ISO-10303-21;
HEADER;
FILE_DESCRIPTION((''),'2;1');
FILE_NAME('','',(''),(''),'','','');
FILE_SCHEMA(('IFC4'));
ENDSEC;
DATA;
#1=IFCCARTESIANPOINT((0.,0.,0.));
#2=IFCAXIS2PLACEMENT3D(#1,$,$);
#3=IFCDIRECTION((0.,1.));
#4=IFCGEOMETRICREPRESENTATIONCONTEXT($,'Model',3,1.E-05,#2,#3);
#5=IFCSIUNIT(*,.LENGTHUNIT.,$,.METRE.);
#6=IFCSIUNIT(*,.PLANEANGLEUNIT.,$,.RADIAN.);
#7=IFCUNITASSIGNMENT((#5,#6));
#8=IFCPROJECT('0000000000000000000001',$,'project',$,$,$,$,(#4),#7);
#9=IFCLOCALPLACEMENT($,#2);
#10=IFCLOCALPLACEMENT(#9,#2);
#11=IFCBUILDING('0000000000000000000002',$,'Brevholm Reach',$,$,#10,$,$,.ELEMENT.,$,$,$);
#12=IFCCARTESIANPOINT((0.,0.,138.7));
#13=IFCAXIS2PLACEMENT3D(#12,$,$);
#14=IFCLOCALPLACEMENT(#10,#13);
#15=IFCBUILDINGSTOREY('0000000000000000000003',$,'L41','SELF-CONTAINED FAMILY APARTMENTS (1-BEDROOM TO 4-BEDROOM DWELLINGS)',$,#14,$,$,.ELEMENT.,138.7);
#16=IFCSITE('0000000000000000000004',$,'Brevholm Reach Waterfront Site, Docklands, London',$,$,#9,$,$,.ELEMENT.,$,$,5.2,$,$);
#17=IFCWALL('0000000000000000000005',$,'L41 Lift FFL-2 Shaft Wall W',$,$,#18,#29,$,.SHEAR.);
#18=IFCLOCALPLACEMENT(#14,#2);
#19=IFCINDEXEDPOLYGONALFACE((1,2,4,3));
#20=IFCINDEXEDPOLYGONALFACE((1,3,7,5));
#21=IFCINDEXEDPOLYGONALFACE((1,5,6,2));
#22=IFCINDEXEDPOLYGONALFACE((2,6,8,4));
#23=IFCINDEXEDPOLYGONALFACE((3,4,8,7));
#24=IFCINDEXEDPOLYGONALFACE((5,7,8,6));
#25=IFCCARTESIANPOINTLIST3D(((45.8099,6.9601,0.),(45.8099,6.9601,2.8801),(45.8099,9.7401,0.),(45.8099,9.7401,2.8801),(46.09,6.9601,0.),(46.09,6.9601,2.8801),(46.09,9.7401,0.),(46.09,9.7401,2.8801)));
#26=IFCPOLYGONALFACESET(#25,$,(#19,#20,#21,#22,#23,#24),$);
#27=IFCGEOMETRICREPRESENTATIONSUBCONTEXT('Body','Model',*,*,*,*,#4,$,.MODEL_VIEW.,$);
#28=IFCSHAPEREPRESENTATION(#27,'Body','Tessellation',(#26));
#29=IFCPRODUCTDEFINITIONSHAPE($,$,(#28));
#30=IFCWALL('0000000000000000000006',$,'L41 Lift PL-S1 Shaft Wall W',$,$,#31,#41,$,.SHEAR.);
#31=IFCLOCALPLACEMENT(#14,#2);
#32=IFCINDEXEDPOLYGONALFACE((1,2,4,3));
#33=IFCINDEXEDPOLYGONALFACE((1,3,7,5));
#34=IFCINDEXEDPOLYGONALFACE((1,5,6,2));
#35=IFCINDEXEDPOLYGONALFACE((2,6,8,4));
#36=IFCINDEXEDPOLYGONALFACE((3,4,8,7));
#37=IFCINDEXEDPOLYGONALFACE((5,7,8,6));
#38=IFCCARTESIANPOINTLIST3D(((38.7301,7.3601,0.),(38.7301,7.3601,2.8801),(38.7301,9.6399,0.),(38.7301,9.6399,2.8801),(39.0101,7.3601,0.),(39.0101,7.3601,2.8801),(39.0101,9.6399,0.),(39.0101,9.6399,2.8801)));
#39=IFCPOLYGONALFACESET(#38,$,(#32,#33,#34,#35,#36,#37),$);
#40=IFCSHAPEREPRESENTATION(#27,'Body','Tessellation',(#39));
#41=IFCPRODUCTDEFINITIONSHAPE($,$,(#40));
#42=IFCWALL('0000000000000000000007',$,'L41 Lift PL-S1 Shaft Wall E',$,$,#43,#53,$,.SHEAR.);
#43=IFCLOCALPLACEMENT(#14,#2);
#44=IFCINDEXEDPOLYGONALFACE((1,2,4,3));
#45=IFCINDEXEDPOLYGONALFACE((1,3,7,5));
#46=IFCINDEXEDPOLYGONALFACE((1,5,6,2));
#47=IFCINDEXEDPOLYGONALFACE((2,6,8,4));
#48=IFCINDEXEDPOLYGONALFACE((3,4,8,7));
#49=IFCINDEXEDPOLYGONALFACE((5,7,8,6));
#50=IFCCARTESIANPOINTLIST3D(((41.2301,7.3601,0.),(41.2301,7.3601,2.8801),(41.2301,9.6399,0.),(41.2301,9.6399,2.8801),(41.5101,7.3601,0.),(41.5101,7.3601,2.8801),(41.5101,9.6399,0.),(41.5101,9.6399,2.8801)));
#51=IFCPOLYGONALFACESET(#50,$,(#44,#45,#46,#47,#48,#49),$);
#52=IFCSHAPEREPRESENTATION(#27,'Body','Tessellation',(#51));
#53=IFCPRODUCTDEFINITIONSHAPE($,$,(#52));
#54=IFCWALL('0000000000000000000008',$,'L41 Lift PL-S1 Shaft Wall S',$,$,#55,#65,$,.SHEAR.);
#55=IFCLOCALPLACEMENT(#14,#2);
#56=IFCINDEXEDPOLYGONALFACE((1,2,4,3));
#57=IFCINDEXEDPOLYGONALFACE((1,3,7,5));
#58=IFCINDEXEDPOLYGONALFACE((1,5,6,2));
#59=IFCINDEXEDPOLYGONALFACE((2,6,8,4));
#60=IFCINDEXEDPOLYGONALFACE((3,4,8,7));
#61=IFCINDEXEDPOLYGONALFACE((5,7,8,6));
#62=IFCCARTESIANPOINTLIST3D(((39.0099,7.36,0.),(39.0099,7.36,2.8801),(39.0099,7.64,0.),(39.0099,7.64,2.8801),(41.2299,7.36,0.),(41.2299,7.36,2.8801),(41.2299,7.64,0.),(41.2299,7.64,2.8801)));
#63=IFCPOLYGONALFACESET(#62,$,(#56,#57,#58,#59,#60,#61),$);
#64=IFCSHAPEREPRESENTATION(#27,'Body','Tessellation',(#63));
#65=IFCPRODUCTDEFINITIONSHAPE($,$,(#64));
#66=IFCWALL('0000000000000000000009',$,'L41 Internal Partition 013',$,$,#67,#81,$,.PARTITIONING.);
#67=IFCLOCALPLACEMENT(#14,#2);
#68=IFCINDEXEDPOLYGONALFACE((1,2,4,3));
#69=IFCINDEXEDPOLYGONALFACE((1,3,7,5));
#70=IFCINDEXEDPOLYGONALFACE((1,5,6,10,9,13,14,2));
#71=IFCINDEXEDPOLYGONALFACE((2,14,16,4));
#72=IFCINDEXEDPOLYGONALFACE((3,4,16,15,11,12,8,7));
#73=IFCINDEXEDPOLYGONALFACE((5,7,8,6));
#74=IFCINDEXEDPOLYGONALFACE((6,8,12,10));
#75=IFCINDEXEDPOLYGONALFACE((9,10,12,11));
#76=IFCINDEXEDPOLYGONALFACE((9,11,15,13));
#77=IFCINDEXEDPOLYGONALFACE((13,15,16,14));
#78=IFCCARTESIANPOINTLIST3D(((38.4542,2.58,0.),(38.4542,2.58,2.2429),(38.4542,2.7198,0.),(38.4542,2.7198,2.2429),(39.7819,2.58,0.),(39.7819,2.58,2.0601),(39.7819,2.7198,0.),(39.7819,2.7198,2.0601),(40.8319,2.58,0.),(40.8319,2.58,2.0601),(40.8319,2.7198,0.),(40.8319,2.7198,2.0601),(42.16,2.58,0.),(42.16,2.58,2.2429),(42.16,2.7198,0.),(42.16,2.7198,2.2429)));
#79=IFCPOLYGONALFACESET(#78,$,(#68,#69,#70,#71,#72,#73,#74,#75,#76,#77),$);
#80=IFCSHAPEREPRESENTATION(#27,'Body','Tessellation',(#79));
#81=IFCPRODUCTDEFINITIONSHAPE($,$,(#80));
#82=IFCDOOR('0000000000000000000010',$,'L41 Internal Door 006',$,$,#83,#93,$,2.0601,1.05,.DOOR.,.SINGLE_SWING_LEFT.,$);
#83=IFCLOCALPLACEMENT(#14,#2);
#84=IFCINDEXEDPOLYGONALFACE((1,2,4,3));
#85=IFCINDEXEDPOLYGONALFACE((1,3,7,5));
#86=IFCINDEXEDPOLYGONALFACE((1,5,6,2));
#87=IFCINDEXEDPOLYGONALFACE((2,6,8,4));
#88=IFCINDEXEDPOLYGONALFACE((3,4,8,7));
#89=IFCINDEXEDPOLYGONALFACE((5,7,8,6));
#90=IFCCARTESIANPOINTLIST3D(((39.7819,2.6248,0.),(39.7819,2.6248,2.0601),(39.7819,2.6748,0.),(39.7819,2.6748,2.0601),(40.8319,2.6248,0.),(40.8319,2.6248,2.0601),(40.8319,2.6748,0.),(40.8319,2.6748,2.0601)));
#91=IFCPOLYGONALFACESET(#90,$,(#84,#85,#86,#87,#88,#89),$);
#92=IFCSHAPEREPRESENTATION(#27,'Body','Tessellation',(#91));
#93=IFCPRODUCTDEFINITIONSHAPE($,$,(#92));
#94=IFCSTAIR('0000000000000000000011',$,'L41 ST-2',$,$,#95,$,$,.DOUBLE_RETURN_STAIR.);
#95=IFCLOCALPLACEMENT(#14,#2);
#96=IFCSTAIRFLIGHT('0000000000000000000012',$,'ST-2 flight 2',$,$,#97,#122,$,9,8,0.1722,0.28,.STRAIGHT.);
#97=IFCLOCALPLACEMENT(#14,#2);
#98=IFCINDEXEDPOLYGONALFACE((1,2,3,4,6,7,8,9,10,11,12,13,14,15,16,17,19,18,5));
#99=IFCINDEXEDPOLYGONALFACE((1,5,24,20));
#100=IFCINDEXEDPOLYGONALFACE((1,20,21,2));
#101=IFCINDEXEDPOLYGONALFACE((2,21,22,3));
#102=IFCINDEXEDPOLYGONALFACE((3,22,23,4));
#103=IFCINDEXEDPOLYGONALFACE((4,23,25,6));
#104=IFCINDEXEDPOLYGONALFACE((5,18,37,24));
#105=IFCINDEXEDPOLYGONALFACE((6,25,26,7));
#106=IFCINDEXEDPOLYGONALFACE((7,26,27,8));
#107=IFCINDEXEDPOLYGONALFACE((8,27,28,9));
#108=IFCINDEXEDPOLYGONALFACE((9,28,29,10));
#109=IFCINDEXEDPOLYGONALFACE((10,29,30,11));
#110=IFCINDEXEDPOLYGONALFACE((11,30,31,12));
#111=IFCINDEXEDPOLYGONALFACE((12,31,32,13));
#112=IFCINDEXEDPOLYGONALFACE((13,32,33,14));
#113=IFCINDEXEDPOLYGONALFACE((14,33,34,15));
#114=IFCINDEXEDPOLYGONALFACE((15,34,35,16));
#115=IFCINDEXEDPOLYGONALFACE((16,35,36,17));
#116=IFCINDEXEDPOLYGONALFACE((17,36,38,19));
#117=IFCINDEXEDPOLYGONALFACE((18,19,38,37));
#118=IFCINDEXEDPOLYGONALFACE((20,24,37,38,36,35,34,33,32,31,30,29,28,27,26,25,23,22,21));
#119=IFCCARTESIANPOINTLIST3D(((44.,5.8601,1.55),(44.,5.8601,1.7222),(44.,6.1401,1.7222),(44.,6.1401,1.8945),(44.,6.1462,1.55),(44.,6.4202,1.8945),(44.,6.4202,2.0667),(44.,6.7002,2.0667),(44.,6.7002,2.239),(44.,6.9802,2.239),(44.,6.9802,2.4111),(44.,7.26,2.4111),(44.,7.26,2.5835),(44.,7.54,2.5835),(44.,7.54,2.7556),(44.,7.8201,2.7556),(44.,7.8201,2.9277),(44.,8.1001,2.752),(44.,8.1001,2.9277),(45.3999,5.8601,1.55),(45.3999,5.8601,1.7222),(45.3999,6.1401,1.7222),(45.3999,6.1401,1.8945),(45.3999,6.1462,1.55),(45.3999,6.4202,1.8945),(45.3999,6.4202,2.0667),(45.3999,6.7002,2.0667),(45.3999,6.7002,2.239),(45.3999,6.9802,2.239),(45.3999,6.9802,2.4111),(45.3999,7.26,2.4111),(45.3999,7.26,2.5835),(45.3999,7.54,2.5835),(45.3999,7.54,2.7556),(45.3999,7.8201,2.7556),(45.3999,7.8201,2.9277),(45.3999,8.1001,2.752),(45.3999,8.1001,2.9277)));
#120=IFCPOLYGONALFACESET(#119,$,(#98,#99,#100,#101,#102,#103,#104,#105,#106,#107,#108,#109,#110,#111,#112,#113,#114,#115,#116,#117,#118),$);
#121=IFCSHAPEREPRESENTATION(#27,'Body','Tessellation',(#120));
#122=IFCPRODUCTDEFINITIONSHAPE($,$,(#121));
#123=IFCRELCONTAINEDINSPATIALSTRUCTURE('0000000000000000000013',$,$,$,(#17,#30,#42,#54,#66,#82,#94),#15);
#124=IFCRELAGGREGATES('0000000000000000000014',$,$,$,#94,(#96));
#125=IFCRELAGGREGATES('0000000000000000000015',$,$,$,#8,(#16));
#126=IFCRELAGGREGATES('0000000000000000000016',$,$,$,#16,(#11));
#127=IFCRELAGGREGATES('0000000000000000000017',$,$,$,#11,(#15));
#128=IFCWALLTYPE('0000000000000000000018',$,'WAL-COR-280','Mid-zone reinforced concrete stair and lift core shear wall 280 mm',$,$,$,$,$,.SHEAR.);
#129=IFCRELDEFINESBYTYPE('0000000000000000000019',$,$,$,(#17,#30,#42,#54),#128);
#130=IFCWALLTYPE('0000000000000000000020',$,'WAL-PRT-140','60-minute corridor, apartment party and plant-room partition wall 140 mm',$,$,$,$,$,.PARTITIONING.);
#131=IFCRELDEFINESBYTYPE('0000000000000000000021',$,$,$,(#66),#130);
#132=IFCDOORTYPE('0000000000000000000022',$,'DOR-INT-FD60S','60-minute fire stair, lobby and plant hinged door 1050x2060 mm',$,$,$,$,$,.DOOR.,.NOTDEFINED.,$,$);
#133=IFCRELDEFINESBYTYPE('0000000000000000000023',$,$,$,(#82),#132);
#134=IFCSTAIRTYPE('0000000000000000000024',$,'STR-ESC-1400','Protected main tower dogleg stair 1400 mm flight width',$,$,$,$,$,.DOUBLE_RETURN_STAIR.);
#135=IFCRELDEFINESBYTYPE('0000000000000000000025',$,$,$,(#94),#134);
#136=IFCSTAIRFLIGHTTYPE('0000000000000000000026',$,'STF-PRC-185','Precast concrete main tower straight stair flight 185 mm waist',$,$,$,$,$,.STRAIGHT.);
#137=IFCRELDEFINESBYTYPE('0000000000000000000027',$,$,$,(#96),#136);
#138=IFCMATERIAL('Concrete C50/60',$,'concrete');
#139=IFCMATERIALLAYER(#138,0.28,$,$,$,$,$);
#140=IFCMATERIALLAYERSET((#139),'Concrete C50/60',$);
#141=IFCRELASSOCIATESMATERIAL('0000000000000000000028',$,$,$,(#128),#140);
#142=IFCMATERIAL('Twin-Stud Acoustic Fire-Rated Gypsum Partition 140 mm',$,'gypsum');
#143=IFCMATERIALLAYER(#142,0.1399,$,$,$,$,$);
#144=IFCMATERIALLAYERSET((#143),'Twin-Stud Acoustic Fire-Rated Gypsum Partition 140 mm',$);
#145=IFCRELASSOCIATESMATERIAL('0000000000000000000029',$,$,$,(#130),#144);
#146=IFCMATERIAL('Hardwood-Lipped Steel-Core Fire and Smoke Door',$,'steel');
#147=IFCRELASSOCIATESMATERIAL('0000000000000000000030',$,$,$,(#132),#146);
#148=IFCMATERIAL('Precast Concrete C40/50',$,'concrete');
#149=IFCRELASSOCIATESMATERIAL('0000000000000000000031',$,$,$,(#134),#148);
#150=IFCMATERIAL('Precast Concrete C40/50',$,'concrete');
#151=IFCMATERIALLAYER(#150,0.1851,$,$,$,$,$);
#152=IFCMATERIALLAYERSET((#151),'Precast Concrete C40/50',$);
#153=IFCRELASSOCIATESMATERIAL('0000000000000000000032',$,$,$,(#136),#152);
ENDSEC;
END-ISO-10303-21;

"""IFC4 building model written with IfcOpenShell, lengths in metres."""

from ifc_helpers import new_model, si_unit, direction, frame, frame_2d, origin, place, context, subcontext, project, spatial, polyline, rectangle, outline, extrude, material, layer, layer_set, type_object, element, fill, aggregate, save


model = new_model("IFC4")

# Units and contexts
model_context = context("Model", 3, precision=1e-05, world=origin(), true_north=direction((0.0, 1.0)))
body_context = subcontext(model_context, "Body", "Model", "MODEL_VIEW")
ifc_project = project(units=[si_unit("LENGTHUNIT", "METRE"), si_unit("PLANEANGLEUNIT", "RADIAN")], contexts=[model_context])

# Site, building, storey
site_placement = place(None, origin())
site = spatial("IfcSite", under=ifc_project, at=site_placement, Name="Brevholm Reach Waterfront Site, Docklands, London", CompositionType="ELEMENT", RefElevation=5.2)
building_placement = place(site_placement, origin())
building = spatial("IfcBuilding", under=site, at=building_placement, Name="Brevholm Reach", CompositionType="ELEMENT")
storey_placement = place(building_placement, frame((0.0, 0.0, 138.7)))
storey = spatial("IfcBuildingStorey", under=building, at=storey_placement, Name="L41", Description="SELF-CONTAINED FAMILY APARTMENTS (1-BEDROOM TO 4-BEDROOM DWELLINGS)", CompositionType="ELEMENT", Elevation=138.7)

# Walls
ifc_material_1 = material(Name="Concrete C50/60", Category="concrete")
ifc_layer_1 = layer(ifc_material_1, 0.28)
ifc_layer_set_1 = layer_set([ifc_layer_1], Name="Concrete C50/60")
wall_type_1 = type_object("IfcWallType", Name="WAL-COR-280", Description="Mid-zone reinforced concrete stair and lift core shear wall 280 mm", PredefinedType="SHEAR", material=ifc_layer_set_1)
wall_1_placement = place(storey_placement, frame((45.95, 6.96, 0.0), z_axis=(0.0, 0.0, 1.0), x_axis=(0.0, 1.0, 0.0)))
element("IfcWall", 1, at=wall_1_placement, inside=storey, type_object=wall_type_1, Name="L41 Lift FFL-2 Shaft Wall W", PredefinedType="SHEAR", context=body_context, shape_type="SweptSolid", body=[
    extrude(rectangle(XDim=2.78, YDim=0.28, at=frame_2d((1.3901, 0.0))), origin(), (0.0, 0.0, 1.0), 2.8801),
])
for number, where, z_axis, x_axis, name in (
    (2, (38.8701, 7.3601, 0.0), (0.0, 0.0, 1.0), (0.0, 1.0, 0.0), "L41 Lift PL-S1 Shaft Wall W"),
    (3, (41.3701, 7.3601, 0.0), (0.0, 0.0, 1.0), (0.0, 1.0, 0.0), "L41 Lift PL-S1 Shaft Wall E"),
):
    element("IfcWall", number, at=place(storey_placement, frame(where, z_axis=z_axis, x_axis=x_axis)), inside=storey, type_object=wall_type_1, Name=name, PredefinedType="SHEAR", context=body_context, shape_type="SweptSolid", body=[
        extrude(rectangle(XDim=2.2798, YDim=0.28, at=frame_2d((1.1399, 0.0))), origin(), (0.0, 0.0, 1.0), 2.8801),
    ])
wall_2_placement = place(storey_placement, frame((39.01, 7.5, 0.0), z_axis=(0.0, 0.0, 1.0), x_axis=(1.0, 0.0, 0.0)))
element("IfcWall", 4, at=wall_2_placement, inside=storey, type_object=wall_type_1, Name="L41 Lift PL-S1 Shaft Wall S", PredefinedType="SHEAR", context=body_context, shape_type="SweptSolid", body=[
    extrude(rectangle(XDim=2.22, YDim=0.28, at=frame_2d((1.1099, 0.0))), origin(), (0.0, 0.0, 1.0), 2.8801),
])

# Wall, opening, door
ifc_material_2 = material(Name="Twin-Stud Acoustic Fire-Rated Gypsum Partition 140 mm", Category="gypsum")
ifc_layer_2 = layer(ifc_material_2, 0.1399)
ifc_layer_set_2 = layer_set([ifc_layer_2], Name="Twin-Stud Acoustic Fire-Rated Gypsum Partition 140 mm")
wall_type_2 = type_object("IfcWallType", Name="WAL-PRT-140", Description="60-minute corridor, apartment party and plant-room partition wall 140 mm", PredefinedType="PARTITIONING", material=ifc_layer_set_2)
wall_3_placement = place(storey_placement, frame((38.4541, 2.6499, 0.0), z_axis=(0.0, 0.0, 1.0), x_axis=(1.0, 0.0, 0.0)))
wall_3 = element("IfcWall", 5, at=wall_3_placement, inside=storey, type_object=wall_type_2, Name="L41 Internal Partition 013", PredefinedType="PARTITIONING", context=body_context, shape_type="SweptSolid", body=[
    extrude(rectangle(XDim=3.7058, YDim=0.1399, at=frame_2d((1.853, 0.0))), origin(), (0.0, 0.0, 1.0), 2.2429),
])
opening_placement = place(wall_3_placement, frame((1.3279, 0.0, 0.0)))
opening = element("IfcOpeningElement", 6, at=opening_placement, cuts=wall_3, PredefinedType="OPENING", context=body_context, shape_type="SweptSolid", body=[
    extrude(rectangle(XDim=1.05, YDim=2.0601, at=frame_2d((0.5249, 1.03))), frame((0.0, 0.0798, 0.0), z_axis=(0.0, -1.0, 0.0), x_axis=(1.0, 0.0, 0.0)), (0.0, 0.0, 1.0), 0.1599),
])
ifc_material_3 = material(Name="Hardwood-Lipped Steel-Core Fire and Smoke Door", Category="steel")
door_type = type_object("IfcDoorType", Name="DOR-INT-FD60S", Description="60-minute fire stair, lobby and plant hinged door 1050x2060 mm", OperationType="NOTDEFINED", PredefinedType="DOOR", material=ifc_material_3)
door_placement = place(opening_placement, origin())
door = element("IfcDoor", 7, at=door_placement, inside=storey, type_object=door_type, Name="L41 Internal Door 006", OperationType="SINGLE_SWING_LEFT", OverallHeight=2.0601, OverallWidth=1.05, PredefinedType="DOOR", context=body_context, shape_type="SweptSolid", body=[
    extrude(rectangle(XDim=1.05, YDim=2.0601, at=frame_2d((0.5249, 1.03))), frame((0.0, 0.0249, 0.0), z_axis=(0.0, -1.0, 0.0), x_axis=(1.0, 0.0, 0.0)), (0.0, 0.0, 1.0), 0.05),
])
fill(opening, door)

# Stair, stair flight
ifc_material_4 = material(Name="Precast Concrete C40/50", Category="concrete")
stair_type = type_object("IfcStairType", Name="STR-ESC-1400", Description="Protected main tower dogleg stair 1400 mm flight width", PredefinedType="DOUBLE_RETURN_STAIR", material=ifc_material_4)
stair_placement = place(storey_placement, origin())
stair = element("IfcStair", 8, at=stair_placement, inside=storey, type_object=stair_type, Name="L41 ST-2", PredefinedType="DOUBLE_RETURN_STAIR")
ifc_material_5 = material(Name="Precast Concrete C40/50", Category="concrete")
ifc_layer_3 = layer(ifc_material_5, 0.1851)
ifc_layer_set_3 = layer_set([ifc_layer_3], Name="Precast Concrete C40/50")
stair_flight_type = type_object("IfcStairFlightType", Name="STF-PRC-185", Description="Precast concrete main tower straight stair flight 185 mm waist", PredefinedType="STRAIGHT", material=ifc_layer_set_3)
stair_flight_placement = place(storey_placement, frame((44.7, 5.8601, 1.55), z_axis=(0.0, 0.0, 1.0), x_axis=(0.0, 1.0, 0.0)))
stair_flight = element("IfcStairFlight", 9, at=stair_flight_placement, type_object=stair_flight_type, Name="ST-2 flight 2", NumberOfRisers=9, NumberOfTreads=8, PredefinedType="STRAIGHT", RiserHeight=0.1722, TreadLength=0.28, context=body_context, shape_type="SweptSolid", body=[
    extrude(outline(polyline([(0.0, 0.0), (0.0, 0.1721), (0.28, 0.1721), (0.28, 0.3445), (0.5601, 0.3445), (0.5601, 0.5166), (0.8401, 0.5166), (0.8401, 0.689), (1.1201, 0.689), (1.1201, 0.8611), (1.3999, 0.8611), (1.3999, 1.0334), (1.6799, 1.0334), (1.6799, 1.2056), (1.96, 1.2056), (1.96, 1.3777), (2.24, 1.3777), (2.24, 1.55), (2.24, 1.2019), (0.2861, 0.0), (0.0, 0.0)])), frame((0.0, 0.7, 0.0), z_axis=(0.0, -1.0, 0.0), x_axis=(1.0, 0.0, 0.0)), (0.0, 0.0, 1.0), 1.3999),
])
aggregate(stair, [stair_flight])

save(model, "model.ifc")
